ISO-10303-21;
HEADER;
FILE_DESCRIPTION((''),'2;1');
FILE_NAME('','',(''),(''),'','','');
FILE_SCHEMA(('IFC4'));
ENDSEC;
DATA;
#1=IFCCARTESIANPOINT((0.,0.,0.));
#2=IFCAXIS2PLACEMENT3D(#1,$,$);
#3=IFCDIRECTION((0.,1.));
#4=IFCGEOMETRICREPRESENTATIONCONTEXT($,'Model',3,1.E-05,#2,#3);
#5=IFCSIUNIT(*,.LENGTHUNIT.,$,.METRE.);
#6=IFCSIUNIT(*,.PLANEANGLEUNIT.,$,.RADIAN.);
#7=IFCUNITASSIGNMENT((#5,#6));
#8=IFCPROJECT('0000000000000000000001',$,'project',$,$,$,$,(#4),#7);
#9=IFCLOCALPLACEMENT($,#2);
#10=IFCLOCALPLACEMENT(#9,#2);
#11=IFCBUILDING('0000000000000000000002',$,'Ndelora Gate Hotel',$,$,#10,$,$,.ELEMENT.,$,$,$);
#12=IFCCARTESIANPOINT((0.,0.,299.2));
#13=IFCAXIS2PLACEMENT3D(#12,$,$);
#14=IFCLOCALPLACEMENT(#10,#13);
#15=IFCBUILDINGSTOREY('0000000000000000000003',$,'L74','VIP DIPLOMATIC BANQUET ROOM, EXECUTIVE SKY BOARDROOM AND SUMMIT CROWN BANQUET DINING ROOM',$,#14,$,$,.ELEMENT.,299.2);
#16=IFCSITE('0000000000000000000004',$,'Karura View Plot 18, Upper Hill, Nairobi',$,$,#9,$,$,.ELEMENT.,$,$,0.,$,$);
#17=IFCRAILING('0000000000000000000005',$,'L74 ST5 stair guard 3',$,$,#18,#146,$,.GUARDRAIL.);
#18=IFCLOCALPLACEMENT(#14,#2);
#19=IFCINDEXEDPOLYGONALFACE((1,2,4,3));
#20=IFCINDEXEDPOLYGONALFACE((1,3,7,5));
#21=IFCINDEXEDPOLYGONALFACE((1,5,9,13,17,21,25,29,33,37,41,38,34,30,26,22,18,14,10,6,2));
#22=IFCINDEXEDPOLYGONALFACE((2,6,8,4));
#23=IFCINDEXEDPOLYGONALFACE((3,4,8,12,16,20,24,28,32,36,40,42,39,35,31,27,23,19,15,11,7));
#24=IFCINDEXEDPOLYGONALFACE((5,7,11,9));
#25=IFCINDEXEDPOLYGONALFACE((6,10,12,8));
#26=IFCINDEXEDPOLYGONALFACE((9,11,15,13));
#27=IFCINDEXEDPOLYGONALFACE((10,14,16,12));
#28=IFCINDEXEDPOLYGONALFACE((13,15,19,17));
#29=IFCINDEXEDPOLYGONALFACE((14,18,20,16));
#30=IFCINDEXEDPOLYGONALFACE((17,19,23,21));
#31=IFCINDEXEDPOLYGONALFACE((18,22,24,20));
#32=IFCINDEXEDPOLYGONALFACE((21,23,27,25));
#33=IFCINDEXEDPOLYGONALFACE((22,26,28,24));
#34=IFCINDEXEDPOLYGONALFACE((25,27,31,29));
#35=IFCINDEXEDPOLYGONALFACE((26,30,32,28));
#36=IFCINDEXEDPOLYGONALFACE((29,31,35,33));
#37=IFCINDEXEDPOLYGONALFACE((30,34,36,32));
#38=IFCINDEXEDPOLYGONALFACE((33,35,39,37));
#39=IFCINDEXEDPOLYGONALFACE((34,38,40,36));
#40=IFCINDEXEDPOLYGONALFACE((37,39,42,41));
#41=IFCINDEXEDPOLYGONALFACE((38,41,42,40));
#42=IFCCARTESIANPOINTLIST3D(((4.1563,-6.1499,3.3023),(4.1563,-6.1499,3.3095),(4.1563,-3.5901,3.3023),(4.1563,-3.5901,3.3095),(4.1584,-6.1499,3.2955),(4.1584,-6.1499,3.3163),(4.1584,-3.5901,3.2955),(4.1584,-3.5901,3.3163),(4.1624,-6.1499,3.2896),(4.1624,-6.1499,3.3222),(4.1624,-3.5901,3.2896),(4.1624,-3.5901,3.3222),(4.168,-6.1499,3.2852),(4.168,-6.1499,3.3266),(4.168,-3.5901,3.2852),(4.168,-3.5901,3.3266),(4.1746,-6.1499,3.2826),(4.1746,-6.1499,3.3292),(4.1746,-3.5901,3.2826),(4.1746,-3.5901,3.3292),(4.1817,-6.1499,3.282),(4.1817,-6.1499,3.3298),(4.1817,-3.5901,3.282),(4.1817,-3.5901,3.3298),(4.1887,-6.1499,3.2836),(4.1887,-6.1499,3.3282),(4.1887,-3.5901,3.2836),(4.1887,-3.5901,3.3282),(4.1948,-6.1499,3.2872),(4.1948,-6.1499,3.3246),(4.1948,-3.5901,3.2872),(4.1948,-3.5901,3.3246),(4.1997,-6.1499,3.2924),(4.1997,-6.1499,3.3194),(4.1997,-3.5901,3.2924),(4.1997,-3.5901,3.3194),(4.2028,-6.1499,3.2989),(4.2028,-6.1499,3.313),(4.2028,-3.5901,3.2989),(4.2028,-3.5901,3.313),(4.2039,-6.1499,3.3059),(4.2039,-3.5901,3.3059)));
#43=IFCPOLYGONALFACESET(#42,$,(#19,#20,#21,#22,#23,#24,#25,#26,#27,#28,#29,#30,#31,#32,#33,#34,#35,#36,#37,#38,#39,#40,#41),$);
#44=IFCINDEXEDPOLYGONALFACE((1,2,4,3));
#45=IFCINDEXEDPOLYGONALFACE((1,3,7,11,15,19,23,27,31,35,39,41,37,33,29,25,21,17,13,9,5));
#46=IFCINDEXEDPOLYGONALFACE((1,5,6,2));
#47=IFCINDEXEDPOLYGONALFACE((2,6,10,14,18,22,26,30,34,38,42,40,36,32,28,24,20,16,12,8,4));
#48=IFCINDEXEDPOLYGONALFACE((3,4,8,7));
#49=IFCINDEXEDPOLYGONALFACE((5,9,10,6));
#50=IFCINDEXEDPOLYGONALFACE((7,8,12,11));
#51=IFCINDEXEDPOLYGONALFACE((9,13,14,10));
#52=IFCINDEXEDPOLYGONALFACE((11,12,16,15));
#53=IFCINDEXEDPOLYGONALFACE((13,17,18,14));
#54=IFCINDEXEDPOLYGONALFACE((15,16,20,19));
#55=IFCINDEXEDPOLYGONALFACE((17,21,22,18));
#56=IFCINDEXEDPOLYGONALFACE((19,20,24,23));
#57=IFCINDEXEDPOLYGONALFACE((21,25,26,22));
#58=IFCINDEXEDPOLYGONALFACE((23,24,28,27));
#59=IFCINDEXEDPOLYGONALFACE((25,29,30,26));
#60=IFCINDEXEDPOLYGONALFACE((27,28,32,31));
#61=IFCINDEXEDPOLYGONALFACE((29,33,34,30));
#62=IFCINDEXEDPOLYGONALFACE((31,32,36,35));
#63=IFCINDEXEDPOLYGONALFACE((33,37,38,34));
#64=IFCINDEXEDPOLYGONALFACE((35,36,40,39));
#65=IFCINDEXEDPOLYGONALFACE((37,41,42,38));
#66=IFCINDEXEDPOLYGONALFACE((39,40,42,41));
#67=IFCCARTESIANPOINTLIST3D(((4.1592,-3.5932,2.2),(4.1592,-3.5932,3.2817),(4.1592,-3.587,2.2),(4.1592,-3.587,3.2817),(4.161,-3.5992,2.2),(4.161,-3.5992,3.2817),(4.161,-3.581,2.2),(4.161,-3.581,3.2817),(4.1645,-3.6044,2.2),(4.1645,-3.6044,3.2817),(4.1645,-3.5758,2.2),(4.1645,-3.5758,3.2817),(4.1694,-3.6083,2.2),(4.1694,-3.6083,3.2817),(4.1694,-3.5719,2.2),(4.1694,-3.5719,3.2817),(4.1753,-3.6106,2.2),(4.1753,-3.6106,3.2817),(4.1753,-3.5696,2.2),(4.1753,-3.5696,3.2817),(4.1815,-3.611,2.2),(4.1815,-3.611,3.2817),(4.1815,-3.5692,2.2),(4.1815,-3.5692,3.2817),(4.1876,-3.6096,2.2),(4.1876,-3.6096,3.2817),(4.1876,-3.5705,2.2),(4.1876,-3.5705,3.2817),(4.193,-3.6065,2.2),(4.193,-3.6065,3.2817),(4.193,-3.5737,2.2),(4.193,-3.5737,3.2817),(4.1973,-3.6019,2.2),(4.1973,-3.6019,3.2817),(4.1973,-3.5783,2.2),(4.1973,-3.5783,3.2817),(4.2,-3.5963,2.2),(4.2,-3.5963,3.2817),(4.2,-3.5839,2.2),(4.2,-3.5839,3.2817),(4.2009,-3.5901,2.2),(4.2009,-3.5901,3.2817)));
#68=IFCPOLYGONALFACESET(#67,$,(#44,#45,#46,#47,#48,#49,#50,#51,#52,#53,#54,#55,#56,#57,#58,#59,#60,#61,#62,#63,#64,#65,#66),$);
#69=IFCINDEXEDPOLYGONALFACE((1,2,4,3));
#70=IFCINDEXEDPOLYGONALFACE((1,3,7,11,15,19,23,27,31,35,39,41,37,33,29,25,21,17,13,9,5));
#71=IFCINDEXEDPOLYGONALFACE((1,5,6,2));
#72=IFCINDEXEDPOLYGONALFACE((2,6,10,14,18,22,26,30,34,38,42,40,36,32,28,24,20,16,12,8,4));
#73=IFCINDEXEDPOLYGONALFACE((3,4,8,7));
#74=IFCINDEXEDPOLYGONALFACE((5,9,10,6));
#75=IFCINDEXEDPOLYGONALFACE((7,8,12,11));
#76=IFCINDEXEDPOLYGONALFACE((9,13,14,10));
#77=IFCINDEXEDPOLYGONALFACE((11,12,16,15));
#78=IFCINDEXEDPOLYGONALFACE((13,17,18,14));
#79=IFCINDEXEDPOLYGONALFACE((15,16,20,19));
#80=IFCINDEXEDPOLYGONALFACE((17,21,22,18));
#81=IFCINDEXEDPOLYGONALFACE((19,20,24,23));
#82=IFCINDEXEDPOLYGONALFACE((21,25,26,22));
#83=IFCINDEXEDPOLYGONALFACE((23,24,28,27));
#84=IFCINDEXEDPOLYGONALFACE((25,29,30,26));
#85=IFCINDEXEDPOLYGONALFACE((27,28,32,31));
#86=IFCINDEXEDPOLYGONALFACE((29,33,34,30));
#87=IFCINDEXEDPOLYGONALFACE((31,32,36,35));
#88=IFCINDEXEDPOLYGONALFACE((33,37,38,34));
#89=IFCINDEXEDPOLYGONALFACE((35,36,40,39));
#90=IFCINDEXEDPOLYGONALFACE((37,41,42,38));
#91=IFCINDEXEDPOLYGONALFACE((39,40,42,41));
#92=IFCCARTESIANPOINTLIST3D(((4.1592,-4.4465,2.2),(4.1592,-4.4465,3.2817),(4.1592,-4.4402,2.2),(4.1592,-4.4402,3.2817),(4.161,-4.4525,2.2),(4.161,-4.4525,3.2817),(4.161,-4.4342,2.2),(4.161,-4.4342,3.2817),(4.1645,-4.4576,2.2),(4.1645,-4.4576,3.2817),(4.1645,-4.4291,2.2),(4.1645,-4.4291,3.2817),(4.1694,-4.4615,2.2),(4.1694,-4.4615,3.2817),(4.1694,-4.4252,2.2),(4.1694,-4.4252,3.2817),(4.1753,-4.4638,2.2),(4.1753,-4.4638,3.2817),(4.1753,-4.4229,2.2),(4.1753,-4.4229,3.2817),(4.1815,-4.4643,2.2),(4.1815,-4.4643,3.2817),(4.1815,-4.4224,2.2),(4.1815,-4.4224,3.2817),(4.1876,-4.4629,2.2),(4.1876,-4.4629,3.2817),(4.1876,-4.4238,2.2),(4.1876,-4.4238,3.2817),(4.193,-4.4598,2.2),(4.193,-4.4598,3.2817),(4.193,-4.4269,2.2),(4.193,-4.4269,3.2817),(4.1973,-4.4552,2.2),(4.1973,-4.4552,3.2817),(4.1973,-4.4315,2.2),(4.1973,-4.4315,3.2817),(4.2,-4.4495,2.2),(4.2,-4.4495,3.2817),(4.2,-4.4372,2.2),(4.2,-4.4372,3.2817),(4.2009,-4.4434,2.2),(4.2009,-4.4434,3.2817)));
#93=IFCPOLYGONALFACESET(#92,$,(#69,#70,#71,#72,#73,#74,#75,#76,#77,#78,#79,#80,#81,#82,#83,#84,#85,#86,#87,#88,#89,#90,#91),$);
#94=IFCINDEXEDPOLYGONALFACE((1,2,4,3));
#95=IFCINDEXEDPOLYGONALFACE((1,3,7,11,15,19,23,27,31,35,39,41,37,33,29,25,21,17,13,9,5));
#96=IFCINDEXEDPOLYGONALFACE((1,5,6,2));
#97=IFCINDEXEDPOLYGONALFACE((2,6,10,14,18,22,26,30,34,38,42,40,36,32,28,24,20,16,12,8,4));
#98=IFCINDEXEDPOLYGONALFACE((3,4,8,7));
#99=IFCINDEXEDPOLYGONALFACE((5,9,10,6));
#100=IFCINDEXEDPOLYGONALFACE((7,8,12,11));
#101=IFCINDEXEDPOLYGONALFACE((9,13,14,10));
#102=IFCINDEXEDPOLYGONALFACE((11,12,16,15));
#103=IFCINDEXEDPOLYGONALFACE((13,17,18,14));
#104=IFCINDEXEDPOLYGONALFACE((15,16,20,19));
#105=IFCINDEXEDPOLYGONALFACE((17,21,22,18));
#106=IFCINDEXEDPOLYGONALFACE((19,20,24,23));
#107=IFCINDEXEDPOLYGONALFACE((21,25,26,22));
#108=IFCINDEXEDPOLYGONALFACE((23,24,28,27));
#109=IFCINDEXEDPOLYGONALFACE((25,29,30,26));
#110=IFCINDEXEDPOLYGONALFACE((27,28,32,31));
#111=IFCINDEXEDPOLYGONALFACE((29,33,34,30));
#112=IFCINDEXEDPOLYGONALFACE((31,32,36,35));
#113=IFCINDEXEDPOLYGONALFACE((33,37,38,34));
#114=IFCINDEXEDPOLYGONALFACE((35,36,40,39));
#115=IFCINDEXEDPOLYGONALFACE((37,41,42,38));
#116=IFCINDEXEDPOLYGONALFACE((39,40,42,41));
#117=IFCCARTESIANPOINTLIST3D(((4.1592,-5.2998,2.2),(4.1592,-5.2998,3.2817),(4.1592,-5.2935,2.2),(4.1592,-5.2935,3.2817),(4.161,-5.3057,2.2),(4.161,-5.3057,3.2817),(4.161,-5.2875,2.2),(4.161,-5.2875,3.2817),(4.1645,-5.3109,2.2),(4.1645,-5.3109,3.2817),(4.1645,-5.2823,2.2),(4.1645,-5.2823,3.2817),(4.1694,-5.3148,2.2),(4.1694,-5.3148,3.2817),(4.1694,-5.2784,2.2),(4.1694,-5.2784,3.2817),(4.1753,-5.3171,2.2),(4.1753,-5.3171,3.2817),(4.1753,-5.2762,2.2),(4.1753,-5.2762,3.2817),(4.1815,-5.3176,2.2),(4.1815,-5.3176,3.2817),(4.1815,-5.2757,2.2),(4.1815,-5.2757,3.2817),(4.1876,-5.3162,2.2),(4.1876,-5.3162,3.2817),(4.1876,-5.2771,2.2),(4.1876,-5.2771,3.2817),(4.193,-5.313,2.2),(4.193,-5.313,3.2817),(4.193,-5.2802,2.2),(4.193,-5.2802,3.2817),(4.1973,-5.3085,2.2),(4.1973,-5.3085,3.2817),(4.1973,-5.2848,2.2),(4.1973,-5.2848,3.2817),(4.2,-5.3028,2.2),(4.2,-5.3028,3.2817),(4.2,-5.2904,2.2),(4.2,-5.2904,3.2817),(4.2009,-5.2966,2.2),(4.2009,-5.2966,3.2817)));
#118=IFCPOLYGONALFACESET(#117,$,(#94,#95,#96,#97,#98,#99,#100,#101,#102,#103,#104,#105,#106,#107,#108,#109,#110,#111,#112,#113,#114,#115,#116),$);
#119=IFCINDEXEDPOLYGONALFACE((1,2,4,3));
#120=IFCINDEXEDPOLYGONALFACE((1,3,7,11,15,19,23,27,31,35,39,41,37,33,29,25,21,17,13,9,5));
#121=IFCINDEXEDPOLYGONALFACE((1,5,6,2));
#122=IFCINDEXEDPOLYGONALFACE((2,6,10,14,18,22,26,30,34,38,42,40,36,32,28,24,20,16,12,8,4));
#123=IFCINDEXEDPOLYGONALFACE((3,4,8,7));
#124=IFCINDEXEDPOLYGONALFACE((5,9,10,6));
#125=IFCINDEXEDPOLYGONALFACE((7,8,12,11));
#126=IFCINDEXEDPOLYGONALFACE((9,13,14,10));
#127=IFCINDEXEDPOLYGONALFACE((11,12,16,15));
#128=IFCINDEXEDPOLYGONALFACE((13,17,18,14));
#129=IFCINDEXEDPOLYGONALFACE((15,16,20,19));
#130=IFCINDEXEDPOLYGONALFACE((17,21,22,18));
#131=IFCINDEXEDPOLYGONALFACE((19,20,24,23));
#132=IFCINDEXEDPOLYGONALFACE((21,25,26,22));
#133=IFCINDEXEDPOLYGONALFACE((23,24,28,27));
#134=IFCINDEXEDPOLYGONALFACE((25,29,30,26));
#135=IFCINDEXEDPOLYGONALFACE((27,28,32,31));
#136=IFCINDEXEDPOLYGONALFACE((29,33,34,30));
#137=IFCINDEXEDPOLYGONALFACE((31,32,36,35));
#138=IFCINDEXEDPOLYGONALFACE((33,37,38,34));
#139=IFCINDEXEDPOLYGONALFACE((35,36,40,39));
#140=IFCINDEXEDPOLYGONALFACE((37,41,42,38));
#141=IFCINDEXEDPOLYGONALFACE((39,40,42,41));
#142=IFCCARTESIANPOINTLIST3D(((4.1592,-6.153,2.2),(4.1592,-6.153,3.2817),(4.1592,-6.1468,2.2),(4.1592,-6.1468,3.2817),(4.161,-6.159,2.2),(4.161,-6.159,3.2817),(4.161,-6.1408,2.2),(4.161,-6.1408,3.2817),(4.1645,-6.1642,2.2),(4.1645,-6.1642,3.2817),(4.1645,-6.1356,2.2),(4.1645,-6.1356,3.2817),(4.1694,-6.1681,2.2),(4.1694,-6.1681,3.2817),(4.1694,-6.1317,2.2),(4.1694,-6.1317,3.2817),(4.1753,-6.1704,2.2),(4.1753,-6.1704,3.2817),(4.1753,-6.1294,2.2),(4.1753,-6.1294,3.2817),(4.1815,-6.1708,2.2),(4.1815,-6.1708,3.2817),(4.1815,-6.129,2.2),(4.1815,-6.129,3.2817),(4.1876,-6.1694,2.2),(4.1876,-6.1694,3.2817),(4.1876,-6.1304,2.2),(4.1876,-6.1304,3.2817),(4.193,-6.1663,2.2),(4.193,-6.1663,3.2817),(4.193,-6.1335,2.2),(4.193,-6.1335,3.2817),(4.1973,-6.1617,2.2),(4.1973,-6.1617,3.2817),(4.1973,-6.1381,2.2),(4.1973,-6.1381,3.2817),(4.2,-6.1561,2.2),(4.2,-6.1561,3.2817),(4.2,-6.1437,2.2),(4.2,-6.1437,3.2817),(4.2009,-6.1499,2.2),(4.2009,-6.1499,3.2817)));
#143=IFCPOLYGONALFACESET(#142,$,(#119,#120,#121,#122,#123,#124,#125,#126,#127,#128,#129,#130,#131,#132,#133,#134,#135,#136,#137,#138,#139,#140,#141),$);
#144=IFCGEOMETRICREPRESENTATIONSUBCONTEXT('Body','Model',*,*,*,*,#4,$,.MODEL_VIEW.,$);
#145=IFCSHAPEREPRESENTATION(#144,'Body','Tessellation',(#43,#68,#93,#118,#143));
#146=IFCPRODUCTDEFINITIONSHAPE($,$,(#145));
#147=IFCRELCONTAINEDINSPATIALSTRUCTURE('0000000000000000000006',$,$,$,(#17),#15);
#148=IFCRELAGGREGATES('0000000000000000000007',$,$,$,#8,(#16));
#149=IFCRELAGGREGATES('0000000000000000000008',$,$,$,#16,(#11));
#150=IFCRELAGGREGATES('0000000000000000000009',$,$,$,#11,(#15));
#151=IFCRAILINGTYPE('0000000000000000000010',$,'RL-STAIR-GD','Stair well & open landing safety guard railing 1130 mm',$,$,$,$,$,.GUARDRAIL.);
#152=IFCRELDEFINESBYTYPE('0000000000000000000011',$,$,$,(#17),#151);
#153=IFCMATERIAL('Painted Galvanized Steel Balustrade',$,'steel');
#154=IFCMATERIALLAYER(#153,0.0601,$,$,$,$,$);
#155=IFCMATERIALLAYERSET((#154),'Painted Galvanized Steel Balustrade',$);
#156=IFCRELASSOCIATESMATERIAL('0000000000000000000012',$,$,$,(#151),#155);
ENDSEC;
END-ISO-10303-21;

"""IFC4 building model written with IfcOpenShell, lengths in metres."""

from ifc_helpers import new_model, si_unit, direction, frame, origin, origin_2d, place, context, subcontext, project, spatial, circle, extrude, material, layer, layer_set, type_object, element, save


model = new_model("IFC4")

# Units and contexts
model_context = context("Model", 3, precision=1e-05, world=origin(), true_north=direction((0.0, 1.0)))
body_context = subcontext(model_context, "Body", "Model", "MODEL_VIEW")
ifc_project = project(units=[si_unit("LENGTHUNIT", "METRE"), si_unit("PLANEANGLEUNIT", "RADIAN")], contexts=[model_context])

# Site, building, storey
site_placement = place(None, origin())
site = spatial("IfcSite", under=ifc_project, at=site_placement, Name="Karura View Plot 18, Upper Hill, Nairobi", CompositionType="ELEMENT", RefElevation=0.0)
building_placement = place(site_placement, origin())
building = spatial("IfcBuilding", under=site, at=building_placement, Name="Ndelora Gate Hotel", CompositionType="ELEMENT")
storey_placement = place(building_placement, frame((0.0, 0.0, 299.2)))
storey = spatial("IfcBuildingStorey", under=building, at=storey_placement, Name="L74", Description="VIP DIPLOMATIC BANQUET ROOM, EXECUTIVE SKY BOARDROOM AND SUMMIT CROWN BANQUET DINING ROOM", CompositionType="ELEMENT", Elevation=299.2)

# Railing
ifc_material_1 = material(Name="Painted Galvanized Steel Balustrade", Category="steel")
ifc_layer_1 = layer(ifc_material_1, 0.0601)
ifc_layer_set_1 = layer_set([ifc_layer_1], Name="Painted Galvanized Steel Balustrade")
railing_type_1 = type_object("IfcRailingType", Name="RL-STAIR-GD", Description="Stair well & open landing safety guard railing 1130 mm", PredefinedType="GUARDRAIL", material=ifc_layer_set_1)
for number, where, name in (
    (1, (4.1799, -3.5901, 2.2), "L74 ST5 stair guard 3"),
):
    element("IfcRailing", number, at=place(storey_placement, frame(where)), inside=storey, type_object=railing_type_1, Name=name, PredefinedType="GUARDRAIL", context=body_context, shape_type="SweptSolid", body=[
        extrude(circle(Radius=0.0239, at=origin_2d()), frame((0.0, 0.0, 1.106), z_axis=(0.0, -1.0, 0.0), x_axis=(1.0, 0.0, 0.0)), (0.0, 0.0, 1.0), 2.5598),
        extrude(circle(Radius=0.021, at=origin_2d()), origin(), (0.0, 0.0, 1.0), 1.0818),
        extrude(circle(Radius=0.021, at=origin_2d()), frame((0.0, -0.8533, 0.0)), (0.0, 0.0, 1.0), 1.0818),
        extrude(circle(Radius=0.021, at=origin_2d()), frame((0.0, -1.7065, 0.0)), (0.0, 0.0, 1.0), 1.0818),
        extrude(circle(Radius=0.021, at=origin_2d()), frame((0.0, -2.5598, 0.0)), (0.0, 0.0, 1.0), 1.0818),
    ])

save(model, "model.ifc")
